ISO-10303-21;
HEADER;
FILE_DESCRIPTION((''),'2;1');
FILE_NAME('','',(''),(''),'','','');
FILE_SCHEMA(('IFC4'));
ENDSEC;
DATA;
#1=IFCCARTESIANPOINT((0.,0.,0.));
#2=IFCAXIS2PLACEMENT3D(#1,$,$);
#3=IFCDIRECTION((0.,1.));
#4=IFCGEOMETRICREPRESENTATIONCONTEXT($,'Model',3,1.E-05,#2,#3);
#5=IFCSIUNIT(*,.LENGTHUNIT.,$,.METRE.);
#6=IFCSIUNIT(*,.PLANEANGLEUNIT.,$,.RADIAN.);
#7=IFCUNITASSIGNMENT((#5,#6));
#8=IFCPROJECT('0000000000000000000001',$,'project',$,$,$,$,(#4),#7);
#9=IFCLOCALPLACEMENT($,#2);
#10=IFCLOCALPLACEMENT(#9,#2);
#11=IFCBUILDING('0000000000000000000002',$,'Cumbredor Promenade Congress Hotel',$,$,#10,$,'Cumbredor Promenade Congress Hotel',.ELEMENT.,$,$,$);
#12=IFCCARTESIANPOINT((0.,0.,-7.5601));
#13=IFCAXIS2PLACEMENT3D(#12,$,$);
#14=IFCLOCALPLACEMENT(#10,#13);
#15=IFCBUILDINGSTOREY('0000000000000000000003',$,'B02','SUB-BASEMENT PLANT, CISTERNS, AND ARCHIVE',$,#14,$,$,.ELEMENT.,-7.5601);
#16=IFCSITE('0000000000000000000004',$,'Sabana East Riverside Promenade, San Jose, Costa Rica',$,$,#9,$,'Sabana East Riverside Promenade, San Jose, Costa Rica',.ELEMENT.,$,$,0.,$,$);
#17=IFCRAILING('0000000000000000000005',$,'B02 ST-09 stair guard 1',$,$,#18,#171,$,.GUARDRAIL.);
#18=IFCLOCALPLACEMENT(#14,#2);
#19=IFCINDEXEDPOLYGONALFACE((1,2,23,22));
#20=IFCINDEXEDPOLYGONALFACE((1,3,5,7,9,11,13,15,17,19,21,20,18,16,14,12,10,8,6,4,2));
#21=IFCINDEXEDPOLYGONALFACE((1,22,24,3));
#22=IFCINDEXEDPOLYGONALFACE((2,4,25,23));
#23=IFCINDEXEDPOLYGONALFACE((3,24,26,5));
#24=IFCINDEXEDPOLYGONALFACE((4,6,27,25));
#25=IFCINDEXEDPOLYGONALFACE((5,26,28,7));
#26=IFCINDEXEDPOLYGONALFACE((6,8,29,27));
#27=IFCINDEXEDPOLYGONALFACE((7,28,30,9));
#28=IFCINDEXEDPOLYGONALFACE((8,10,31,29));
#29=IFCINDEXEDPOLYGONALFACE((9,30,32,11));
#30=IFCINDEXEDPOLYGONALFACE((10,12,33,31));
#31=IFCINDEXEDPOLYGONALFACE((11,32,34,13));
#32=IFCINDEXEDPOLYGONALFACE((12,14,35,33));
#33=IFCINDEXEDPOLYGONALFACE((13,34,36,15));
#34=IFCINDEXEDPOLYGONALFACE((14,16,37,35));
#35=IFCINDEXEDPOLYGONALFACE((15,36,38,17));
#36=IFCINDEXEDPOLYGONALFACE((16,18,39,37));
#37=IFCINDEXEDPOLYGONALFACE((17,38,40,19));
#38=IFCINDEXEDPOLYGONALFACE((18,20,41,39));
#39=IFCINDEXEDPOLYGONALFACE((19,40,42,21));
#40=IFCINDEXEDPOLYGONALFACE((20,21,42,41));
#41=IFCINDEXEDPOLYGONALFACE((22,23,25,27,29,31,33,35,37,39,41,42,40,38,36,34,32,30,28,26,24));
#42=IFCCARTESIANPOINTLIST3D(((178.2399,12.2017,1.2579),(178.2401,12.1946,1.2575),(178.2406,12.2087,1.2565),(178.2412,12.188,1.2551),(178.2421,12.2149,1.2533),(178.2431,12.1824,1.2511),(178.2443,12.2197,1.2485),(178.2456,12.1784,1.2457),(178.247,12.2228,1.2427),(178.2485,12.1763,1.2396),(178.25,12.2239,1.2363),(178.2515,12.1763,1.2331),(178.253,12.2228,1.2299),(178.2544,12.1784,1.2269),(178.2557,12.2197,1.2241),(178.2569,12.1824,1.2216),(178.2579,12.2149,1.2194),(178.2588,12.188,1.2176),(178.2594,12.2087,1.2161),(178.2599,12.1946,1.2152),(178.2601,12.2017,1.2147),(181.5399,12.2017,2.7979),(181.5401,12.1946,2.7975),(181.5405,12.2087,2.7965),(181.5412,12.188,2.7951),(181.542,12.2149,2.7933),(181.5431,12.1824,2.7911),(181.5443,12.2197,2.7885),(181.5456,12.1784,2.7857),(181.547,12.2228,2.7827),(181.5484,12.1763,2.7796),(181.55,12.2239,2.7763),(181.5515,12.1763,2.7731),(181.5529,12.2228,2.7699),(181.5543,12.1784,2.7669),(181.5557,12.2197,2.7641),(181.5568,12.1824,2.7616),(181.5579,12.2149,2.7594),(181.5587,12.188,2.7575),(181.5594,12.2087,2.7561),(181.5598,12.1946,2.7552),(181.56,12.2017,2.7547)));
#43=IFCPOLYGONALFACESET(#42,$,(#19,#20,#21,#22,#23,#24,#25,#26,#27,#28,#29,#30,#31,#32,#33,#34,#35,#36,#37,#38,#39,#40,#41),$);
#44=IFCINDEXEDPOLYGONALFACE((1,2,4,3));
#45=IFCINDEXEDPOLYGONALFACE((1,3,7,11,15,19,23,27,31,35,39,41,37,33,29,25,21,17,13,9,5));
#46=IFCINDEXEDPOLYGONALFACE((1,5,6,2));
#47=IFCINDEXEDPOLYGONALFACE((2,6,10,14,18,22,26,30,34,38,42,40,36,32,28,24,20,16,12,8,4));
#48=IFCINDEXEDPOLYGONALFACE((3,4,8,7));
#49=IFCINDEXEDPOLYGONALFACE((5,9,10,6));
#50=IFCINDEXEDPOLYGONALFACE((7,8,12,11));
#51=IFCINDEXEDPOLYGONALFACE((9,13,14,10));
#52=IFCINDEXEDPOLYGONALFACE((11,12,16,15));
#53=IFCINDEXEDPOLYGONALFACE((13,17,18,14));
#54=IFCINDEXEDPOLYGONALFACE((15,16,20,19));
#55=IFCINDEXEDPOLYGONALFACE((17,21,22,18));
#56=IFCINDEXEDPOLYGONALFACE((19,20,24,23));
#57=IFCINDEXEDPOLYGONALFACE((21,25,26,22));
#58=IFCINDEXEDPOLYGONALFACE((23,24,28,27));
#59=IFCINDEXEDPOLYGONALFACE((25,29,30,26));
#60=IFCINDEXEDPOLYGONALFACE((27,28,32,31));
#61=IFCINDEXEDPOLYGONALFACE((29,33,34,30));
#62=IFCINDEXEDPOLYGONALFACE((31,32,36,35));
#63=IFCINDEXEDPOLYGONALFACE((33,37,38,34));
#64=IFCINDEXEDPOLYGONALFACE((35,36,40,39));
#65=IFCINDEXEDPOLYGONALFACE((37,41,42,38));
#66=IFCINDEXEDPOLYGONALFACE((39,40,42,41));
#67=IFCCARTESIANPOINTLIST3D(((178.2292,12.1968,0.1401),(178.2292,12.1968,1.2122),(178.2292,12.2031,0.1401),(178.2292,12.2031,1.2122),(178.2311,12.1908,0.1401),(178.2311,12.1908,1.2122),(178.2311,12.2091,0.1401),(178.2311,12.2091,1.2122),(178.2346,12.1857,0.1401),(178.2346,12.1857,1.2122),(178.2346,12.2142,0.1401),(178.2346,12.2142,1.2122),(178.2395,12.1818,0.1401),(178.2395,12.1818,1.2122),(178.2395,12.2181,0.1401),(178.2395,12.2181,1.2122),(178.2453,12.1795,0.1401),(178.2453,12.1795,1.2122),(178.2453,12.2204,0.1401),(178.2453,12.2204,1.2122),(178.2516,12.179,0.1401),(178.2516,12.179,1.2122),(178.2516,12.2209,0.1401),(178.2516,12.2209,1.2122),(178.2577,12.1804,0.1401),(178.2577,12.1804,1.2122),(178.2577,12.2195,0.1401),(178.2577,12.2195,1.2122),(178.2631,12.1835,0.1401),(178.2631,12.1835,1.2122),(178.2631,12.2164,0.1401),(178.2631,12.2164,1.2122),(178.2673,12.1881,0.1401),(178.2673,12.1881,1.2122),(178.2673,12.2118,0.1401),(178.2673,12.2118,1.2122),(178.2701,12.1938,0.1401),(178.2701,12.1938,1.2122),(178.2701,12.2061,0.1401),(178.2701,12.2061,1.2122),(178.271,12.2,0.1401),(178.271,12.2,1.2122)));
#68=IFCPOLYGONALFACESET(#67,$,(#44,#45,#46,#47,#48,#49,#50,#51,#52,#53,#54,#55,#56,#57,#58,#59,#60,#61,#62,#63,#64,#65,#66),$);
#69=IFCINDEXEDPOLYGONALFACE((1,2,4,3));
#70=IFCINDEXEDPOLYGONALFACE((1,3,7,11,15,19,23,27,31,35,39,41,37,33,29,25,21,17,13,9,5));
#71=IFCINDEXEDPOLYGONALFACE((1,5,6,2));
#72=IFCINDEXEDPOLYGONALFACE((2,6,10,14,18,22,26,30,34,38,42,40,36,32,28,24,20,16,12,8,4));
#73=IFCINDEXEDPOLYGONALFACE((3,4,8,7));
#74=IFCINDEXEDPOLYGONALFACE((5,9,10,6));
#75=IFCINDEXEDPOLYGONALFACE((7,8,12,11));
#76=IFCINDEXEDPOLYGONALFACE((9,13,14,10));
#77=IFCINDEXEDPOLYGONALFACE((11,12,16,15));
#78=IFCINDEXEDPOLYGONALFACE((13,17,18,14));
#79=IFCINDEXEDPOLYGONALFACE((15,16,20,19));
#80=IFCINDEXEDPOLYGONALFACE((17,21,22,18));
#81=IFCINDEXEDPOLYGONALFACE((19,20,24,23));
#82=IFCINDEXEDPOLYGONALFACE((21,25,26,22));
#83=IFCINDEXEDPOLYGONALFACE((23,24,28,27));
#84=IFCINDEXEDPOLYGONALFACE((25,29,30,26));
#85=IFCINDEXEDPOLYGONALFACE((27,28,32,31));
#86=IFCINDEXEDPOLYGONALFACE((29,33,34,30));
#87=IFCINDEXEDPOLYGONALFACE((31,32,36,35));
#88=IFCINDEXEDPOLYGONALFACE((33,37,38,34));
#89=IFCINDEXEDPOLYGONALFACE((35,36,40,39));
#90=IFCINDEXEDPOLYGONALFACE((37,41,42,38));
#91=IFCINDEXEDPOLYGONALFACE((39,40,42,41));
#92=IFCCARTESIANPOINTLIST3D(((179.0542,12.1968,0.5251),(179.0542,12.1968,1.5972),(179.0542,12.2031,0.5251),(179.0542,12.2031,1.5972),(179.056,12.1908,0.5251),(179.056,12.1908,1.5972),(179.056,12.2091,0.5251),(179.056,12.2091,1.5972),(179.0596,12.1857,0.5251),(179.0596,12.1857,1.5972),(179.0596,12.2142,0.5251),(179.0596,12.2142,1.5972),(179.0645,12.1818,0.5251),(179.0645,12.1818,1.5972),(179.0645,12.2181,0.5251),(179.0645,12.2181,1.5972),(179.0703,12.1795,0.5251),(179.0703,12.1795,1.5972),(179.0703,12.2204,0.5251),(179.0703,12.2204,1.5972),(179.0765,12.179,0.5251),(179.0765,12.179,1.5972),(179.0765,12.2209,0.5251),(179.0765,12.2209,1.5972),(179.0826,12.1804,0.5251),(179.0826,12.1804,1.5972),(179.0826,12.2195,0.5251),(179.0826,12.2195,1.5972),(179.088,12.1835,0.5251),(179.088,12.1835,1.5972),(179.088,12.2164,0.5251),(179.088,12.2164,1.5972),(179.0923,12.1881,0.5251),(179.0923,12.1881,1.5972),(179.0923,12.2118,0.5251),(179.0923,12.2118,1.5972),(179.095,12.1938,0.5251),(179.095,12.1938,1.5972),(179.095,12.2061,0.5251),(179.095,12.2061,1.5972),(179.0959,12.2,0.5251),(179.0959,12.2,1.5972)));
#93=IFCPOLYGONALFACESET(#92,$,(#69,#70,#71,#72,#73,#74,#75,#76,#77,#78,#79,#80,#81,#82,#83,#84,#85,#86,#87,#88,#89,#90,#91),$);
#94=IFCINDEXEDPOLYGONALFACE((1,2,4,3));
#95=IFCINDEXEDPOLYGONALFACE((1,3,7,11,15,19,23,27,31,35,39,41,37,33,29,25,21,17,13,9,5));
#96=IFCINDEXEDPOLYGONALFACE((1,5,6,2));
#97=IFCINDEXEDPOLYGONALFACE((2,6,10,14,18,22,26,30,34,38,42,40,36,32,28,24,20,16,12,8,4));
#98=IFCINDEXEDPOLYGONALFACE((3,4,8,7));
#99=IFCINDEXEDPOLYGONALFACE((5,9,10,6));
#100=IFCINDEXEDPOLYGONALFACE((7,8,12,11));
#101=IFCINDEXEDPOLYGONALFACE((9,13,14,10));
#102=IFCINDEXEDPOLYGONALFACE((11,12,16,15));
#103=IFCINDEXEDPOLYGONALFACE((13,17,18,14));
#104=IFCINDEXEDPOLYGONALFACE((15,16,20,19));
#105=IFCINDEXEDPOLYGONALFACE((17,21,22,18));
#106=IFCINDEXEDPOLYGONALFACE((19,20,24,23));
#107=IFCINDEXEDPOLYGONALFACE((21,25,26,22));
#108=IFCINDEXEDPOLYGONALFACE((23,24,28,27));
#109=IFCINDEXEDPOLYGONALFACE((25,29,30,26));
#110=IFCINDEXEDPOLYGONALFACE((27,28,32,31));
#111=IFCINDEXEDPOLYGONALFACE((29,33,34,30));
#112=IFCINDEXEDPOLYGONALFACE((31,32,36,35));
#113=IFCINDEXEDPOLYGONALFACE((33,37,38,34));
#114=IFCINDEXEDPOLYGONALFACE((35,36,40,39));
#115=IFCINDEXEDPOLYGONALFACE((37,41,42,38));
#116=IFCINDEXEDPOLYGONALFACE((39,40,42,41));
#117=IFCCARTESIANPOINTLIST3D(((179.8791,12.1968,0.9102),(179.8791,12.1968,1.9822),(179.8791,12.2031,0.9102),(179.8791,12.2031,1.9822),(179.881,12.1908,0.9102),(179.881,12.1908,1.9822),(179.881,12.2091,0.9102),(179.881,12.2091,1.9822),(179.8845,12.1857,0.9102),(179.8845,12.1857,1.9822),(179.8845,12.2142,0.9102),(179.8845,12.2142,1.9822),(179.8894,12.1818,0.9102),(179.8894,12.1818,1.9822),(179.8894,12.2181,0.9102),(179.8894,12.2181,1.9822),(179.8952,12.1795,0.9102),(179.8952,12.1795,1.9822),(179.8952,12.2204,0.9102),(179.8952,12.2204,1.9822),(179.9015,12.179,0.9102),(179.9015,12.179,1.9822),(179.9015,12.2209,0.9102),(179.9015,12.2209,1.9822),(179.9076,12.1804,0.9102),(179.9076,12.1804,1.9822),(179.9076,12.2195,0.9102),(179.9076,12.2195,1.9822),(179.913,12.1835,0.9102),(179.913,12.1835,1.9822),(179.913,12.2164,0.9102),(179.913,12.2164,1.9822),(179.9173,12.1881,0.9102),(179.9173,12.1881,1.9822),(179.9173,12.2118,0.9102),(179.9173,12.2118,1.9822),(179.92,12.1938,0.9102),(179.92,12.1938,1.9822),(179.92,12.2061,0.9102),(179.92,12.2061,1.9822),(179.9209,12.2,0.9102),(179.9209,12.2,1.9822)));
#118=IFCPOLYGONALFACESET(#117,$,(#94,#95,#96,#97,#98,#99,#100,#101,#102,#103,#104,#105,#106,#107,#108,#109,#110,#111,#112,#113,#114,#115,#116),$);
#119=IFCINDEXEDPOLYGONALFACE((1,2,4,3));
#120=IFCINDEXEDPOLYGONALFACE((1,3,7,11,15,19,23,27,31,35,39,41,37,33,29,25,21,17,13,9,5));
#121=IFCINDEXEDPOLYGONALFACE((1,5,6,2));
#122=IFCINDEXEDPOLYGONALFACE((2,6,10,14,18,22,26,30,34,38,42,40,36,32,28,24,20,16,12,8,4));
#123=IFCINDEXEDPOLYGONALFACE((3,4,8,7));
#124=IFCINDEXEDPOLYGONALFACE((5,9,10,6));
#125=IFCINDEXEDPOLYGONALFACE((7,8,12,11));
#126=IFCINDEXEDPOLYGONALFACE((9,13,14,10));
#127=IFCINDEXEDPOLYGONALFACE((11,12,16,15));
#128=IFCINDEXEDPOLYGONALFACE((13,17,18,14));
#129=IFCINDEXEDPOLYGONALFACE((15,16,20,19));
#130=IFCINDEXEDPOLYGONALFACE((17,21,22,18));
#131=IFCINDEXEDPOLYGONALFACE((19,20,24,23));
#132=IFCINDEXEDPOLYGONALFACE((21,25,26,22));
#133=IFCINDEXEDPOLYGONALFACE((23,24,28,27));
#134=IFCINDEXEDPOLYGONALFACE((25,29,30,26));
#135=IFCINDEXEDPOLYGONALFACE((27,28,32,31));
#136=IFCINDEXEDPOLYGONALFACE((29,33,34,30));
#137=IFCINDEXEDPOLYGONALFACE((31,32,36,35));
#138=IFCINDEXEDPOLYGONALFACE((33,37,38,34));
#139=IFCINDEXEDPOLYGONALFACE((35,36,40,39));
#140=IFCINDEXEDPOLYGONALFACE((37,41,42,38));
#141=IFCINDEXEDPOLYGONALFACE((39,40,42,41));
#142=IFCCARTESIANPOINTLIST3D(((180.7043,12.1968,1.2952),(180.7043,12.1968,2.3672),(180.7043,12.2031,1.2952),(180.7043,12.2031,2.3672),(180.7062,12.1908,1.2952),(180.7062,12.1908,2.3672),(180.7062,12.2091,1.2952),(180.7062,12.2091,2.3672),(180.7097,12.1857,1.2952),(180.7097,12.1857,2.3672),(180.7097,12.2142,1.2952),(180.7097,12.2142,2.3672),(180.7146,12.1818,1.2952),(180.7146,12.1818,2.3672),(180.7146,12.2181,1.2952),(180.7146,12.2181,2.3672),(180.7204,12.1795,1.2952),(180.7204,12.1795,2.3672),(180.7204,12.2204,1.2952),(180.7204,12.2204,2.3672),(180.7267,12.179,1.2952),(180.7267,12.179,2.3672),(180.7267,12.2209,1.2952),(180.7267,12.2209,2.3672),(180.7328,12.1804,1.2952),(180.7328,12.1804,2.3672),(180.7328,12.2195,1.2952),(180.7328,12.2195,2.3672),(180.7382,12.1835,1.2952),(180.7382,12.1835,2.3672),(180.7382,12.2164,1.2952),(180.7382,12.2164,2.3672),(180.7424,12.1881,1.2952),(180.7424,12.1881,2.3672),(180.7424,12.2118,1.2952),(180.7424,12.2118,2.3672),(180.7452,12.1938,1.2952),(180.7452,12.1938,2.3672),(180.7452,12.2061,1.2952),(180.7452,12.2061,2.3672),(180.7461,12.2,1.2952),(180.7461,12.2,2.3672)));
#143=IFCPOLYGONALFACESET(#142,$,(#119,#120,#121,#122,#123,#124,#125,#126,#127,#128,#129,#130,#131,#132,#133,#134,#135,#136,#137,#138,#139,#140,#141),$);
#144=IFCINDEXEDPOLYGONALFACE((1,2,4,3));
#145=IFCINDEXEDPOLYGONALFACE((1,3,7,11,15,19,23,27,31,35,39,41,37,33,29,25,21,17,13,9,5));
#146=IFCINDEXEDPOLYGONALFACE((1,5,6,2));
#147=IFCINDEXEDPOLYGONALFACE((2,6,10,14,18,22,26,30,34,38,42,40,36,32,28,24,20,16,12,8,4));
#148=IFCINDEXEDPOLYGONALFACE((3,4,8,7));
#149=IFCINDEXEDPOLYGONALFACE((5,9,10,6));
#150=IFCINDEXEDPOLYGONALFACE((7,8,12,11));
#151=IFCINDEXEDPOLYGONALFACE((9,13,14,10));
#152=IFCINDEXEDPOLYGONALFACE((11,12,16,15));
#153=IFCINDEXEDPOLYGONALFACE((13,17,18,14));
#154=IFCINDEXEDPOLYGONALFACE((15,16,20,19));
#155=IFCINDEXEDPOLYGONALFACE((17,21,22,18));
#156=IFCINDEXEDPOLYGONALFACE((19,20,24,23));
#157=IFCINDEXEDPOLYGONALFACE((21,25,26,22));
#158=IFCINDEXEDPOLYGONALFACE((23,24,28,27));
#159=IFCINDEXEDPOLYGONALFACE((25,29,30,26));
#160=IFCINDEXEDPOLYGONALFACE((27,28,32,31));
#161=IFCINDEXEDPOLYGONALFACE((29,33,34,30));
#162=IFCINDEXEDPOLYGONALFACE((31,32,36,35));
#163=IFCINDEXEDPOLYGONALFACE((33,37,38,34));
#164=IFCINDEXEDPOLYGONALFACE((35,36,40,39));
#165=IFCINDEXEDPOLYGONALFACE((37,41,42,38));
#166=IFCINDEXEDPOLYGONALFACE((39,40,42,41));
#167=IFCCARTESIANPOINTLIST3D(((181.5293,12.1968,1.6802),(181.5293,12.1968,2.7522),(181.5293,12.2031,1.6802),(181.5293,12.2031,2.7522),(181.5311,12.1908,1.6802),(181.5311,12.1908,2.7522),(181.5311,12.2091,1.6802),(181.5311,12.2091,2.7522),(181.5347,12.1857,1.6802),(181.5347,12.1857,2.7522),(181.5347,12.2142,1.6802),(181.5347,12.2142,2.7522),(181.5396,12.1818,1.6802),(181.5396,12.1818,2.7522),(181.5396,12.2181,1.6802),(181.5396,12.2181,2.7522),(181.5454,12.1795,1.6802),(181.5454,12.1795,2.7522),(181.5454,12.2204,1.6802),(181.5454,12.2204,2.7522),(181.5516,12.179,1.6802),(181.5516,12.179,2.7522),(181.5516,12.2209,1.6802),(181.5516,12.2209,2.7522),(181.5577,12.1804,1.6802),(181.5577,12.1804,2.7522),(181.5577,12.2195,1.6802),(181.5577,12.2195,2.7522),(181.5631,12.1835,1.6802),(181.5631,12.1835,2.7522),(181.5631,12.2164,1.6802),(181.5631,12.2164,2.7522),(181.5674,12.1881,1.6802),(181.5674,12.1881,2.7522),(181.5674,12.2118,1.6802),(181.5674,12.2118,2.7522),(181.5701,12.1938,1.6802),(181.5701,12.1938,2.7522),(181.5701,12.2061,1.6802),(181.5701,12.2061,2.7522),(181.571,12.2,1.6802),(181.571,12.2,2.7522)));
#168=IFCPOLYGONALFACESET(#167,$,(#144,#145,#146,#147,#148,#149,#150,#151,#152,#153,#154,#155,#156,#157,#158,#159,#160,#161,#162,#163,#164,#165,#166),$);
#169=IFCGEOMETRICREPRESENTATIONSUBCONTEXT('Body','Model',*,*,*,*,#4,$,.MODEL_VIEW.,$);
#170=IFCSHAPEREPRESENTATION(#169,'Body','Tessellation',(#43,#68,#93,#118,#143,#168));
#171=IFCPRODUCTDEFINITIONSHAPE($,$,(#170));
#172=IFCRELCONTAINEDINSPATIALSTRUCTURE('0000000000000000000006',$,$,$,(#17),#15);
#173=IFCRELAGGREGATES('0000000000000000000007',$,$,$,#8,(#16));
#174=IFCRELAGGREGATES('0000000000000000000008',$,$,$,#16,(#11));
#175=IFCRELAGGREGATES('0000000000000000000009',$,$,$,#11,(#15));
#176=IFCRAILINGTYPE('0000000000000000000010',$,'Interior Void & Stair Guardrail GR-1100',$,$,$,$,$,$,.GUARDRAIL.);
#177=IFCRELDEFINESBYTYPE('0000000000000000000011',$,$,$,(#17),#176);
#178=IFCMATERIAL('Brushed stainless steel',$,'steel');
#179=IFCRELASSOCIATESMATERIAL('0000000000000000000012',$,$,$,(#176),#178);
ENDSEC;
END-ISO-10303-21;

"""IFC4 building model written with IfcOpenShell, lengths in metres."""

from ifc_helpers import new_model, si_unit, direction, frame, origin, origin_2d, place, context, subcontext, project, spatial, circle, extrude, material, type_object, element, save


model = new_model("IFC4")

# Units and contexts
model_context = context("Model", 3, precision=1e-05, world=origin(), true_north=direction((0.0, 1.0)))
body_context = subcontext(model_context, "Body", "Model", "MODEL_VIEW")
ifc_project = project(units=[si_unit("LENGTHUNIT", "METRE"), si_unit("PLANEANGLEUNIT", "RADIAN")], contexts=[model_context])

# Site, building, storey
site_placement = place(None, origin())
site = spatial("IfcSite", under=ifc_project, at=site_placement, Name="Sabana East Riverside Promenade, San Jose, Costa Rica", LongName="Sabana East Riverside Promenade, San Jose, Costa Rica", CompositionType="ELEMENT", RefElevation=0.0)
building_placement = place(site_placement, origin())
building = spatial("IfcBuilding", under=site, at=building_placement, Name="Cumbredor Promenade Congress Hotel", LongName="Cumbredor Promenade Congress Hotel", CompositionType="ELEMENT")
storey_placement = place(building_placement, frame((0.0, 0.0, -7.5601)))
storey = spatial("IfcBuildingStorey", under=building, at=storey_placement, Name="B02", Description="SUB-BASEMENT PLANT, CISTERNS, AND ARCHIVE", CompositionType="ELEMENT", Elevation=-7.5601)

# Railing
ifc_material_1 = material(Name="Brushed stainless steel", Category="steel")
railing_type_1 = type_object("IfcRailingType", Name="Interior Void & Stair Guardrail GR-1100", PredefinedType="GUARDRAIL", material=ifc_material_1)
railing_1_placement = place(storey_placement, frame((178.25, 12.2, 0.1401)))
element("IfcRailing", 1, at=railing_1_placement, inside=storey, type_object=railing_type_1, Name="B02 ST-09 stair guard 1", PredefinedType="GUARDRAIL", context=body_context, shape_type="SweptSolid", body=[
    extrude(circle(Radius=0.0239, at=origin_2d()), frame((0.0, 0.0, 1.0962), z_axis=(0.906181, 0.0, 0.422889), x_axis=(0.0, 1.0, 0.0)), (0.0, 0.0, 1.0), 3.6416),
    extrude(circle(Radius=0.021, at=origin_2d()), origin(), (0.0, 0.0, 1.0), 1.072),
    extrude(circle(Radius=0.021, at=origin_2d()), frame((0.825, 0.0, 0.385)), (0.0, 0.0, 1.0), 1.072),
    extrude(circle(Radius=0.021, at=origin_2d()), frame((1.6499, 0.0, 0.77)), (0.0, 0.0, 1.0), 1.072),
    extrude(circle(Radius=0.021, at=origin_2d()), frame((2.4751, 0.0, 1.155)), (0.0, 0.0, 1.0), 1.072),
    extrude(circle(Radius=0.021, at=origin_2d()), frame((3.3, 0.0, 1.54)), (0.0, 0.0, 1.0), 1.072),
])

save(model, "model.ifc")
